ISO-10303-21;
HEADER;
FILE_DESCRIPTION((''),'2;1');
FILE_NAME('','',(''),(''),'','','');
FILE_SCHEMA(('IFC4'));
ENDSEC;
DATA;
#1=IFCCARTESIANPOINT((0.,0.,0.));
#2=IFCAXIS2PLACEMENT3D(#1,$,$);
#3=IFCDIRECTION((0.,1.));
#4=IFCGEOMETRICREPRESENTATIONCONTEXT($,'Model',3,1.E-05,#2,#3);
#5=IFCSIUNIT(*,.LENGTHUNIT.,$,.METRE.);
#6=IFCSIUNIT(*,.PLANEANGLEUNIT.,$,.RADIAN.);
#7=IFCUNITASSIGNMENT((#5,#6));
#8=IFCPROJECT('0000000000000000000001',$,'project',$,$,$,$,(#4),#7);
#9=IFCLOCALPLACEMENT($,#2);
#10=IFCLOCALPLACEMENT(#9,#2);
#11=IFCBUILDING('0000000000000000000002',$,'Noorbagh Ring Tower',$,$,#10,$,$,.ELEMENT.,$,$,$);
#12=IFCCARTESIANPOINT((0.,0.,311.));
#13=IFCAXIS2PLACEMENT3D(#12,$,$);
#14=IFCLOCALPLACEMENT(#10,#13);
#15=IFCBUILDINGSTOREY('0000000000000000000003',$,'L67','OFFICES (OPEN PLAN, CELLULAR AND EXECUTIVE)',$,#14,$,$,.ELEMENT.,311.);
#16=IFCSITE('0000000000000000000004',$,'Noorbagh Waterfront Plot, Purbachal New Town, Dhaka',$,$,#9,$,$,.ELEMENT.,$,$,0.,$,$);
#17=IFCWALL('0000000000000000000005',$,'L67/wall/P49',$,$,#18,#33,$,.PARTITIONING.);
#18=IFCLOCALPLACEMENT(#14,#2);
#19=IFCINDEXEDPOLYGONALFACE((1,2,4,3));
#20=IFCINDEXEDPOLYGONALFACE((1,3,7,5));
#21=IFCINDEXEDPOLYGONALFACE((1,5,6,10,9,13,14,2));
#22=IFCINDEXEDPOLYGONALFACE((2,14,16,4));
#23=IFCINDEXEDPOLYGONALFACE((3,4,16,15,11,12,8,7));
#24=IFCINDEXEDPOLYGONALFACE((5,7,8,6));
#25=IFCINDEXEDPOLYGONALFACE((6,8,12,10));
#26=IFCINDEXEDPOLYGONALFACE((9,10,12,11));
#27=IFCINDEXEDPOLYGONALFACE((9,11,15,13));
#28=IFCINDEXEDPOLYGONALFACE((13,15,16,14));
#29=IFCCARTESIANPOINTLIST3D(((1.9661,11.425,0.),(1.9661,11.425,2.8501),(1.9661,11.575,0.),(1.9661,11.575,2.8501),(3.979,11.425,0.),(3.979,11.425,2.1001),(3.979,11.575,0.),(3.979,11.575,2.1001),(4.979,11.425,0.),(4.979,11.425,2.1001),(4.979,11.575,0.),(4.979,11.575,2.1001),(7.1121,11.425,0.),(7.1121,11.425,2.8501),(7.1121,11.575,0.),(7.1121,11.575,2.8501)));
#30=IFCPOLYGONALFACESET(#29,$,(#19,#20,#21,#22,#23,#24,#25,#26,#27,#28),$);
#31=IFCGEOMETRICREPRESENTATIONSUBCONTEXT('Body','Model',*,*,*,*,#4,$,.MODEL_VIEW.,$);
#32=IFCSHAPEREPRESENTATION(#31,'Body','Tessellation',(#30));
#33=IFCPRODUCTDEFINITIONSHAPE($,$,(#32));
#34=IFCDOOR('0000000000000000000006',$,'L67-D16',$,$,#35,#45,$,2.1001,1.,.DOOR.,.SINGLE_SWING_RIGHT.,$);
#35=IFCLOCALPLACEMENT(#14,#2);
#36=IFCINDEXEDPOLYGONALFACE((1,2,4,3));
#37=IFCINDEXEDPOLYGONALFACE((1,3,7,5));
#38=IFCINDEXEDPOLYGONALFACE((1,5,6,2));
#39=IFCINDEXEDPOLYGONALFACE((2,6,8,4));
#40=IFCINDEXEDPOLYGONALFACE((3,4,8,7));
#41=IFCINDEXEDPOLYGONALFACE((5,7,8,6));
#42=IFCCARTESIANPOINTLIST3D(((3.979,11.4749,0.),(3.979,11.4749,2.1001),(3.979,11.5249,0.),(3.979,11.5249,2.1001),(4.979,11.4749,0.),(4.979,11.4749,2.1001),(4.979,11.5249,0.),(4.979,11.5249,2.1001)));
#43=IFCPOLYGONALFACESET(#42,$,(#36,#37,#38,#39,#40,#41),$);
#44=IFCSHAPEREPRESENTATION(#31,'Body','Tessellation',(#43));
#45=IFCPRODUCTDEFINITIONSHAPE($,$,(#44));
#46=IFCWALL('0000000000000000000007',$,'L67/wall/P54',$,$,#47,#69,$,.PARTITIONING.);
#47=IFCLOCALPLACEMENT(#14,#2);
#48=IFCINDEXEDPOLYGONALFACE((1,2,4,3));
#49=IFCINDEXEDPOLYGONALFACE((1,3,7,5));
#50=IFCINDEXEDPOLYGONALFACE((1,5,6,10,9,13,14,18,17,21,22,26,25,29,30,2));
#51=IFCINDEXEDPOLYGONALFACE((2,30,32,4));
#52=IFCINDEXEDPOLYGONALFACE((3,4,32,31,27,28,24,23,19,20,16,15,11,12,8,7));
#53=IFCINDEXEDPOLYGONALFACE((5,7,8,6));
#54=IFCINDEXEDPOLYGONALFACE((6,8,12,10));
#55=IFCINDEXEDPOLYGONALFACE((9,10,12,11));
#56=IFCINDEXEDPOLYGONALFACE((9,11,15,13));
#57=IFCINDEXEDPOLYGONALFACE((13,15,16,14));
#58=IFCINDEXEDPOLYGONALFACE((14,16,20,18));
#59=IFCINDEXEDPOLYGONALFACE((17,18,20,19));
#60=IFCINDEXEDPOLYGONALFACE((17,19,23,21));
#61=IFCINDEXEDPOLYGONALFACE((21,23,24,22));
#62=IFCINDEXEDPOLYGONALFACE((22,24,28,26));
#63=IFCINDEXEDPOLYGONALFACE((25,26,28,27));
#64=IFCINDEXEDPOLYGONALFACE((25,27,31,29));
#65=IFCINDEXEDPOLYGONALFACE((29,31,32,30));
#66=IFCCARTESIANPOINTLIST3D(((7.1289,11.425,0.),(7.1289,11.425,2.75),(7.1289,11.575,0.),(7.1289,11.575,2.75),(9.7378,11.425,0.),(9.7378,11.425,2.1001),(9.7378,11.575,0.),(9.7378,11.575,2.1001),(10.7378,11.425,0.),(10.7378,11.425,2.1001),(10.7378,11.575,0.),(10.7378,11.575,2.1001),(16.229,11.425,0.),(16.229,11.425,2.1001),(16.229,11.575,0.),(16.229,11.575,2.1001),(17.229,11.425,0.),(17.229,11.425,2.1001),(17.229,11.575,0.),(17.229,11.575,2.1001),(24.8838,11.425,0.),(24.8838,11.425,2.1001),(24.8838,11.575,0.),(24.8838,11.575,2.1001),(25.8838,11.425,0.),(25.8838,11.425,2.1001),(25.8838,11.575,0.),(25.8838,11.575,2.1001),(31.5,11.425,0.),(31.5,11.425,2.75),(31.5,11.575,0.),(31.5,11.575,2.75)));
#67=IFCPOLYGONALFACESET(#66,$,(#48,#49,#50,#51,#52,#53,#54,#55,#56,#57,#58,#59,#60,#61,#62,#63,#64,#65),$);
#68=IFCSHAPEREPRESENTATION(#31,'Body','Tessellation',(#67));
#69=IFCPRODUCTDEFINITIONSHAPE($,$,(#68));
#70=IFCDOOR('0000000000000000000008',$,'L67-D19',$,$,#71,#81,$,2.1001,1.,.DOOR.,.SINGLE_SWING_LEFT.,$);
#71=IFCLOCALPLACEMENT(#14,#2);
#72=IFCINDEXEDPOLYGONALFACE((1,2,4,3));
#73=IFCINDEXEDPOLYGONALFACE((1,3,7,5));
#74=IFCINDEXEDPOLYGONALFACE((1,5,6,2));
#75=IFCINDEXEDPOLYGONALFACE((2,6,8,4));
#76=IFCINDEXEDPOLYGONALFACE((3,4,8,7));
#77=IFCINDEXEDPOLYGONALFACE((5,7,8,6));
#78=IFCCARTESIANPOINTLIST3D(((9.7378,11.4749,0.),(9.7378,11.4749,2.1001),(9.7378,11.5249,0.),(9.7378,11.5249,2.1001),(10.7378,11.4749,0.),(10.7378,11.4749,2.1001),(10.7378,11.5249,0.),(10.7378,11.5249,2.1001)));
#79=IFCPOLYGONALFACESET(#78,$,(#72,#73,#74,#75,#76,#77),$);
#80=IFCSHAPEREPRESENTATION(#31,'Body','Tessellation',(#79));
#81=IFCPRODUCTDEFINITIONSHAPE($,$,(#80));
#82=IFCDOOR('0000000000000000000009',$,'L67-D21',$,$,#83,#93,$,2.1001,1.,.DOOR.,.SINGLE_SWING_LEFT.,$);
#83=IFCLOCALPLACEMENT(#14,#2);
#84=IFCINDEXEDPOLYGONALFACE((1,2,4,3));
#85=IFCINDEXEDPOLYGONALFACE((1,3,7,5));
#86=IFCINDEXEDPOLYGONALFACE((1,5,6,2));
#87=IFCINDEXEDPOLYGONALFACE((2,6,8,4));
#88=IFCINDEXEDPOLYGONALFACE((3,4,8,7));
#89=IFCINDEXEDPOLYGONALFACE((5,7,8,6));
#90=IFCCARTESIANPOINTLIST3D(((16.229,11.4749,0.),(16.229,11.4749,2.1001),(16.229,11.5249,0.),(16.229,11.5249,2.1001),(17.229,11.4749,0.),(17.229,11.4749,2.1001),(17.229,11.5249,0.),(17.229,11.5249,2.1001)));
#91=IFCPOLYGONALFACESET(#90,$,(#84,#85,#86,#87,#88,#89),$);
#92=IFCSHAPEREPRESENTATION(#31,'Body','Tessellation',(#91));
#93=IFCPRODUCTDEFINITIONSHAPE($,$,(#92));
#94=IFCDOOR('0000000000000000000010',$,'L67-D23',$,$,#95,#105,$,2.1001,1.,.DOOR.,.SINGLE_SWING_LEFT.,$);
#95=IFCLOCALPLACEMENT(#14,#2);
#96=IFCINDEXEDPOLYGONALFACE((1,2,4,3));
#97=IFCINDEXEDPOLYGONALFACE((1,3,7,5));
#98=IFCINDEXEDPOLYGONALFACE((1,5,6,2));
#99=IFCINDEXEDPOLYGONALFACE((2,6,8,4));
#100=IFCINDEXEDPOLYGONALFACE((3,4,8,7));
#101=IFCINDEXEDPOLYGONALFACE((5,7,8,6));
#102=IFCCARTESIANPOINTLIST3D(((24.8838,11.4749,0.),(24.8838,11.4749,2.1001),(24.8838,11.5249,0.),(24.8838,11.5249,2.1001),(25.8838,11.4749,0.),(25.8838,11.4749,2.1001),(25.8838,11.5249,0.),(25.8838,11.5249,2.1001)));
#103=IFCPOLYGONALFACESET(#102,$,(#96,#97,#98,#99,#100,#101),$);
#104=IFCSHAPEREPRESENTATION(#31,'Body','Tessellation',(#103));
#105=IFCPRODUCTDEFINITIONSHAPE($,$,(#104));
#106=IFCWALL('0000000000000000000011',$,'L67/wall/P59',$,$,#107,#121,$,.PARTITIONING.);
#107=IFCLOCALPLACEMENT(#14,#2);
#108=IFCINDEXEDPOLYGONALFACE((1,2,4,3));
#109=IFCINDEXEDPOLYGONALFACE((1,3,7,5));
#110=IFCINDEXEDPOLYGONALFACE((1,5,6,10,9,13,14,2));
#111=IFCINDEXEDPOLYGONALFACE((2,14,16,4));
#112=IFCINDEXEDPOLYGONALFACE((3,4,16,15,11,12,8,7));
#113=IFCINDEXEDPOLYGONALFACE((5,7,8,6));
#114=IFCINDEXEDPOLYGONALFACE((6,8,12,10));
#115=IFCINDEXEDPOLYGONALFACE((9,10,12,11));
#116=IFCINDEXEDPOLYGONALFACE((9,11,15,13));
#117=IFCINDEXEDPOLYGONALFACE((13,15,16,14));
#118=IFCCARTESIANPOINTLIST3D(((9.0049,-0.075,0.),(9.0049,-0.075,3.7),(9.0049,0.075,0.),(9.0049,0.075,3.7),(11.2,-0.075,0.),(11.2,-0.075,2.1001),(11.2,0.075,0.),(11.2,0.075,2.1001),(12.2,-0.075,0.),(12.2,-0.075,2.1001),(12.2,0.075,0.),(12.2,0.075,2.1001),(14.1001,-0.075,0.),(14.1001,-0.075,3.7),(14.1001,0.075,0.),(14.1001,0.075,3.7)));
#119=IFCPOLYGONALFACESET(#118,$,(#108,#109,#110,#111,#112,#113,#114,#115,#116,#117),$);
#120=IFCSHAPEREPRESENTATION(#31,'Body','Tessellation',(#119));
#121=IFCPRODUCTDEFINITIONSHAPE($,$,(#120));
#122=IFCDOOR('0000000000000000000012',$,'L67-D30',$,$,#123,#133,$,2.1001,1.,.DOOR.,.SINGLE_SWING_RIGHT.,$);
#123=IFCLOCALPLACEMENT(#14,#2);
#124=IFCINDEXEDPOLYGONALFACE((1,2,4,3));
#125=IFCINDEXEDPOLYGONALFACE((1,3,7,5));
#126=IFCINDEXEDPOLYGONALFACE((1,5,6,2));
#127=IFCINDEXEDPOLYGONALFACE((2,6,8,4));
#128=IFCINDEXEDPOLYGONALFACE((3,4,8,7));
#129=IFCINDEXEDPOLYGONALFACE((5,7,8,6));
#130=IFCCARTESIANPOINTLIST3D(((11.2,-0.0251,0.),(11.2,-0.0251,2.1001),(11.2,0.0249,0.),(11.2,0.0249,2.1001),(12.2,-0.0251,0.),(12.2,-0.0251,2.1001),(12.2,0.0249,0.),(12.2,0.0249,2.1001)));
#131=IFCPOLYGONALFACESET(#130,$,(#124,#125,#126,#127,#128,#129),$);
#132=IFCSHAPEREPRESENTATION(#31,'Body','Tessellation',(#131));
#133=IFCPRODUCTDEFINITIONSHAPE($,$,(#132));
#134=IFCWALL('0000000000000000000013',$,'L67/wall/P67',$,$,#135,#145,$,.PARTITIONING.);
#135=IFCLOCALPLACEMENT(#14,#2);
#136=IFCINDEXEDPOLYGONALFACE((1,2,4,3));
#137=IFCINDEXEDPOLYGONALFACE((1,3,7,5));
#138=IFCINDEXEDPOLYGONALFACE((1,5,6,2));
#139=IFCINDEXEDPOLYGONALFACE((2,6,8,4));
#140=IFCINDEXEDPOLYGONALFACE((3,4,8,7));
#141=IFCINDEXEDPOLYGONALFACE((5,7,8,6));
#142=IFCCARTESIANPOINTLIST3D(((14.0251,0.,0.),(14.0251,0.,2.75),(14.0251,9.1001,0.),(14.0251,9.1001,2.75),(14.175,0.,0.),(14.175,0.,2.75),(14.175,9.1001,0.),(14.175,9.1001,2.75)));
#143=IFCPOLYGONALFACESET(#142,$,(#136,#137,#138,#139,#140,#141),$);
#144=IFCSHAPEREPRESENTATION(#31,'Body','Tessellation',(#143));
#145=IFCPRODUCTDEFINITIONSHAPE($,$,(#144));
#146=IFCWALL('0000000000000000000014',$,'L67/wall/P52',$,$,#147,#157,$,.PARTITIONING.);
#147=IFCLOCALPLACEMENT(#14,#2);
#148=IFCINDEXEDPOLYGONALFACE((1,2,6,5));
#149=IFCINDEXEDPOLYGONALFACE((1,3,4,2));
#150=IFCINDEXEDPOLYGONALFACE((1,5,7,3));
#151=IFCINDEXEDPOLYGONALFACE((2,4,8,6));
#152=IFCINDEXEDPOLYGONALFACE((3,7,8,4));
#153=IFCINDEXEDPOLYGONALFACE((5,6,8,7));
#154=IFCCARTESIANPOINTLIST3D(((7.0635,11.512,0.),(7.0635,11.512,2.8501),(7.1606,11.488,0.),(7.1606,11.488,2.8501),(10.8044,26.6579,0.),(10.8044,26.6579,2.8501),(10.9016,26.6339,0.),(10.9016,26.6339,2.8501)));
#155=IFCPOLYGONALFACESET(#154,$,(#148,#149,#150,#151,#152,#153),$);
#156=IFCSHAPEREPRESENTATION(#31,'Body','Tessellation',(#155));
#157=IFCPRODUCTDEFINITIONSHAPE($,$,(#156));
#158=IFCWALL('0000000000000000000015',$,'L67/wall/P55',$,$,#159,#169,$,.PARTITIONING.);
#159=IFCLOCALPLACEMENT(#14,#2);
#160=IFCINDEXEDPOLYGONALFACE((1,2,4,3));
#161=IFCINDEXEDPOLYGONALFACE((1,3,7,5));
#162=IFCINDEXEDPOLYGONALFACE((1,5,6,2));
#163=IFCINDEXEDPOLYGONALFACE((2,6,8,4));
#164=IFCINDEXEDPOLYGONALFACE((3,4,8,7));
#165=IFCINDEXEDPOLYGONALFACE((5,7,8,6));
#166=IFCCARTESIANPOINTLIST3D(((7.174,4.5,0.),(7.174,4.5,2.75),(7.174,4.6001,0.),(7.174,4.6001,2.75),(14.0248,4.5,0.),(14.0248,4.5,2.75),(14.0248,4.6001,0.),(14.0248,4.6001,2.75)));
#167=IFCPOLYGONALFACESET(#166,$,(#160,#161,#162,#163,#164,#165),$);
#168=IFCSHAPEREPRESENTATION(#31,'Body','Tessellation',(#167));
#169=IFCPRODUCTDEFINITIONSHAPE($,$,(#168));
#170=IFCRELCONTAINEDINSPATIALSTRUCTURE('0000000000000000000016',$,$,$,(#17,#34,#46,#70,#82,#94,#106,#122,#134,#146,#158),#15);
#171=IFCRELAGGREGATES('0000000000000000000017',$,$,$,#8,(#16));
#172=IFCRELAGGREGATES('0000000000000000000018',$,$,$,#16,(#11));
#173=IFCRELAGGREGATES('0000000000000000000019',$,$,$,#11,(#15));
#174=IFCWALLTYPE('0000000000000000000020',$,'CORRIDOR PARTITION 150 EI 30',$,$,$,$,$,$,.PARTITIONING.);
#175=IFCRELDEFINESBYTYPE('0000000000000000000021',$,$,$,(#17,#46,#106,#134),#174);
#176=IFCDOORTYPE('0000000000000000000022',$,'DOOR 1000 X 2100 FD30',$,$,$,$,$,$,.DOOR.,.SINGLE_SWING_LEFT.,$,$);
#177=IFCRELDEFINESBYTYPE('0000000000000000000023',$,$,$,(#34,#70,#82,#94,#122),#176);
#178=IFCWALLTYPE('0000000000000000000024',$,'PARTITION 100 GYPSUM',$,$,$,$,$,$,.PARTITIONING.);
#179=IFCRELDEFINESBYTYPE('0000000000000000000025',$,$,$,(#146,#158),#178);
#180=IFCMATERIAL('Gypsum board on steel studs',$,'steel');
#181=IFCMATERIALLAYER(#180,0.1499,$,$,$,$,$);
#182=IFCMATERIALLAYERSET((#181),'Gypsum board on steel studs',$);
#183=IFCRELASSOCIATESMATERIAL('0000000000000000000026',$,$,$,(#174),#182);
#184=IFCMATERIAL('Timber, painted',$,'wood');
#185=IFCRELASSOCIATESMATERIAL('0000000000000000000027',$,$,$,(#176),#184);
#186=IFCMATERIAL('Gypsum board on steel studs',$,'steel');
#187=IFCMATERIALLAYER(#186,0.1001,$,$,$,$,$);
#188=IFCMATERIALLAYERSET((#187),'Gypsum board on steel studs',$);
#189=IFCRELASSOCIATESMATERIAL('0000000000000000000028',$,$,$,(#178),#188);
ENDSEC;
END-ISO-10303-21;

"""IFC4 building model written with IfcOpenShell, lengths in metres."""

from ifc_helpers import new_model, si_unit, direction, frame, frame_2d, origin, place, context, subcontext, project, spatial, rectangle, extrude, material, layer, layer_set, type_object, element, fill, save


model = new_model("IFC4")

# Units and contexts
model_context = context("Model", 3, precision=1e-05, world=origin(), true_north=direction((0.0, 1.0)))
body_context = subcontext(model_context, "Body", "Model", "MODEL_VIEW")
ifc_project = project(units=[si_unit("LENGTHUNIT", "METRE"), si_unit("PLANEANGLEUNIT", "RADIAN")], contexts=[model_context])

# Site, building, storey
site_placement = place(None, origin())
site = spatial("IfcSite", under=ifc_project, at=site_placement, Name="Noorbagh Waterfront Plot, Purbachal New Town, Dhaka", CompositionType="ELEMENT", RefElevation=0.0)
building_placement = place(site_placement, origin())
building = spatial("IfcBuilding", under=site, at=building_placement, Name="Noorbagh Ring Tower", CompositionType="ELEMENT")
storey_placement = place(building_placement, frame((0.0, 0.0, 311.0)))
storey = spatial("IfcBuildingStorey", under=building, at=storey_placement, Name="L67", Description="OFFICES (OPEN PLAN, CELLULAR AND EXECUTIVE)", CompositionType="ELEMENT", Elevation=311.0)

# Shared definitions
ifc_material_1 = material(Name="Gypsum board on steel studs", Category="steel")
ifc_layer_1 = layer(ifc_material_1, 0.1499)
ifc_layer_set_1 = layer_set([ifc_layer_1], Name="Gypsum board on steel studs")
wall_type_1 = type_object("IfcWallType", Name="CORRIDOR PARTITION 150 EI 30", PredefinedType="PARTITIONING", material=ifc_layer_set_1)

# Wall, opening, door
ifc_material_2 = material(Name="Timber, painted", Category="wood")
door_type = type_object("IfcDoorType", Name="DOOR 1000 X 2100 FD30", OperationType="SINGLE_SWING_LEFT", PredefinedType="DOOR", material=ifc_material_2)
wall_1_placement = place(storey_placement, frame((1.9661, 11.5, 0.0), z_axis=(0.0, 0.0, 1.0), x_axis=(1.0, 0.0, 0.0)))
wall_1 = element("IfcWall", 1, at=wall_1_placement, inside=storey, type_object=wall_type_1, Name="L67/wall/P49", PredefinedType="PARTITIONING", context=body_context, shape_type="SweptSolid", body=[
    extrude(rectangle(XDim=5.146, YDim=0.1499, at=frame_2d((2.573, 0.0))), origin(), (0.0, 0.0, 1.0), 2.8501),
])
opening_1_placement = place(wall_1_placement, frame((2.0129, 0.0, 0.0)))
opening_1 = element("IfcOpeningElement", 2, at=opening_1_placement, cuts=wall_1, PredefinedType="OPENING", context=body_context, shape_type="SweptSolid", body=[
    extrude(rectangle(XDim=1.0, YDim=2.1001, at=frame_2d((0.5, 1.05))), frame((0.0, 0.085, 0.0), z_axis=(0.0, -1.0, 0.0), x_axis=(1.0, 0.0, 0.0)), (0.0, 0.0, 1.0), 0.1699),
])
door_1_placement = place(opening_1_placement, origin())
door_1 = element("IfcDoor", 3, at=door_1_placement, inside=storey, type_object=door_type, Name="L67-D16", OperationType="SINGLE_SWING_RIGHT", OverallHeight=2.1001, OverallWidth=1.0, PredefinedType="DOOR", context=body_context, shape_type="SweptSolid", body=[
    extrude(rectangle(XDim=1.0, YDim=2.1001, at=frame_2d((0.5, 1.05))), frame((0.0, 0.0249, 0.0), z_axis=(0.0, -1.0, 0.0), x_axis=(1.0, 0.0, 0.0)), (0.0, 0.0, 1.0), 0.05),
])
fill(opening_1, door_1)

# Wall, openings, doors
wall_2_placement = place(storey_placement, frame((7.1289, 11.5, 0.0), z_axis=(0.0, 0.0, 1.0), x_axis=(1.0, 0.0, 0.0)))
wall_2 = element("IfcWall", 4, at=wall_2_placement, inside=storey, type_object=wall_type_1, Name="L67/wall/P54", PredefinedType="PARTITIONING", context=body_context, shape_type="SweptSolid", body=[
    extrude(rectangle(XDim=24.3711, YDim=0.1499, at=frame_2d((12.1855, 0.0))), origin(), (0.0, 0.0, 1.0), 2.75),
])
opening_2_placement = place(wall_2_placement, frame((2.6089, 0.0, 0.0)))
opening_2 = element("IfcOpeningElement", 5, at=opening_2_placement, cuts=wall_2, PredefinedType="OPENING", context=body_context, shape_type="SweptSolid", body=[
    extrude(rectangle(XDim=1.0, YDim=2.1001, at=frame_2d((0.5, 1.05))), frame((0.0, 0.085, 0.0), z_axis=(0.0, -1.0, 0.0), x_axis=(1.0, 0.0, 0.0)), (0.0, 0.0, 1.0), 0.1699),
])
opening_3_placement = place(wall_2_placement, frame((9.1001, 0.0, 0.0)))
opening_3 = element("IfcOpeningElement", 6, at=opening_3_placement, cuts=wall_2, PredefinedType="OPENING", context=body_context, shape_type="SweptSolid", body=[
    extrude(rectangle(XDim=1.0, YDim=2.1001, at=frame_2d((0.5, 1.05))), frame((0.0, 0.085, 0.0), z_axis=(0.0, -1.0, 0.0), x_axis=(1.0, 0.0, 0.0)), (0.0, 0.0, 1.0), 0.1699),
])
opening_4_placement = place(wall_2_placement, frame((17.7549, 0.0, 0.0)))
opening_4 = element("IfcOpeningElement", 7, at=opening_4_placement, cuts=wall_2, PredefinedType="OPENING", context=body_context, shape_type="SweptSolid", body=[
    extrude(rectangle(XDim=1.0, YDim=2.1001, at=frame_2d((0.5, 1.05))), frame((0.0, 0.085, 0.0), z_axis=(0.0, -1.0, 0.0), x_axis=(1.0, 0.0, 0.0)), (0.0, 0.0, 1.0), 0.1699),
])
door_2_placement = place(opening_2_placement, origin())
door_2 = element("IfcDoor", 8, at=door_2_placement, inside=storey, type_object=door_type, Name="L67-D19", OperationType="SINGLE_SWING_LEFT", OverallHeight=2.1001, OverallWidth=1.0, PredefinedType="DOOR", context=body_context, shape_type="SweptSolid", body=[
    extrude(rectangle(XDim=1.0, YDim=2.1001, at=frame_2d((0.5, 1.05))), frame((0.0, 0.0249, 0.0), z_axis=(0.0, -1.0, 0.0), x_axis=(1.0, 0.0, 0.0)), (0.0, 0.0, 1.0), 0.05),
])
fill(opening_2, door_2)
door_3_placement = place(opening_3_placement, origin())
door_3 = element("IfcDoor", 9, at=door_3_placement, inside=storey, type_object=door_type, Name="L67-D21", OperationType="SINGLE_SWING_LEFT", OverallHeight=2.1001, OverallWidth=1.0, PredefinedType="DOOR", context=body_context, shape_type="SweptSolid", body=[
    extrude(rectangle(XDim=1.0, YDim=2.1001, at=frame_2d((0.5, 1.05))), frame((0.0, 0.0249, 0.0), z_axis=(0.0, -1.0, 0.0), x_axis=(1.0, 0.0, 0.0)), (0.0, 0.0, 1.0), 0.05),
])
fill(opening_3, door_3)
door_4_placement = place(opening_4_placement, origin())
door_4 = element("IfcDoor", 10, at=door_4_placement, inside=storey, type_object=door_type, Name="L67-D23", OperationType="SINGLE_SWING_LEFT", OverallHeight=2.1001, OverallWidth=1.0, PredefinedType="DOOR", context=body_context, shape_type="SweptSolid", body=[
    extrude(rectangle(XDim=1.0, YDim=2.1001, at=frame_2d((0.5, 1.05))), frame((0.0, 0.0249, 0.0), z_axis=(0.0, -1.0, 0.0), x_axis=(1.0, 0.0, 0.0)), (0.0, 0.0, 1.0), 0.05),
])
fill(opening_4, door_4)

# Wall, opening, door
wall_3_placement = place(storey_placement, frame((9.0049, 0.0, 0.0), z_axis=(0.0, 0.0, 1.0), x_axis=(1.0, 0.0, 0.0)))
wall_3 = element("IfcWall", 11, at=wall_3_placement, inside=storey, type_object=wall_type_1, Name="L67/wall/P59", PredefinedType="PARTITIONING", context=body_context, shape_type="SweptSolid", body=[
    extrude(rectangle(XDim=5.0952, YDim=0.1499, at=frame_2d((2.5476, 0.0))), origin(), (0.0, 0.0, 1.0), 3.7),
])
opening_5_placement = place(wall_3_placement, frame((2.1951, 0.0, 0.0)))
opening_5 = element("IfcOpeningElement", 12, at=opening_5_placement, cuts=wall_3, PredefinedType="OPENING", context=body_context, shape_type="SweptSolid", body=[
    extrude(rectangle(XDim=1.0, YDim=2.1001, at=frame_2d((0.5, 1.05))), frame((0.0, 0.085, 0.0), z_axis=(0.0, -1.0, 0.0), x_axis=(1.0, 0.0, 0.0)), (0.0, 0.0, 1.0), 0.1699),
])
door_5_placement = place(opening_5_placement, origin())
door_5 = element("IfcDoor", 13, at=door_5_placement, inside=storey, type_object=door_type, Name="L67-D30", OperationType="SINGLE_SWING_RIGHT", OverallHeight=2.1001, OverallWidth=1.0, PredefinedType="DOOR", context=body_context, shape_type="SweptSolid", body=[
    extrude(rectangle(XDim=1.0, YDim=2.1001, at=frame_2d((0.5, 1.05))), frame((0.0, 0.0249, 0.0), z_axis=(0.0, -1.0, 0.0), x_axis=(1.0, 0.0, 0.0)), (0.0, 0.0, 1.0), 0.05),
])
fill(opening_5, door_5)

# Walls
wall_4_placement = place(storey_placement, frame((14.1001, 0.0, 0.0), z_axis=(0.0, 0.0, 1.0), x_axis=(0.0, 1.0, 0.0)))
element("IfcWall", 14, at=wall_4_placement, inside=storey, type_object=wall_type_1, Name="L67/wall/P67", PredefinedType="PARTITIONING", context=body_context, shape_type="SweptSolid", body=[
    extrude(rectangle(XDim=9.1001, YDim=0.1499, at=frame_2d((4.55, 0.0))), origin(), (0.0, 0.0, 1.0), 2.75),
])
ifc_material_3 = material(Name="Gypsum board on steel studs", Category="steel")
ifc_layer_2 = layer(ifc_material_3, 0.1001)
ifc_layer_set_2 = layer_set([ifc_layer_2], Name="Gypsum board on steel studs")
wall_type_2 = type_object("IfcWallType", Name="PARTITION 100 GYPSUM", PredefinedType="PARTITIONING", material=ifc_layer_set_2)
wall_5_placement = place(storey_placement, frame((7.1121, 11.5, 0.0), z_axis=(0.0, 0.0, 1.0), x_axis=(0.239788, 0.970825, 0.0)))
element("IfcWall", 15, at=wall_5_placement, inside=storey, type_object=wall_type_2, Name="L67/wall/P52", PredefinedType="PARTITIONING", context=body_context, shape_type="SweptSolid", body=[
    extrude(rectangle(XDim=15.6011, YDim=0.1001, at=frame_2d((7.8005, 0.0))), origin(), (0.0, 0.0, 1.0), 2.8501),
])
wall_6_placement = place(storey_placement, frame((7.1741, 4.55, 0.0), z_axis=(0.0, 0.0, 1.0), x_axis=(1.0, 0.0, 0.0)))
element("IfcWall", 16, at=wall_6_placement, inside=storey, type_object=wall_type_2, Name="L67/wall/P55", PredefinedType="PARTITIONING", context=body_context, shape_type="SweptSolid", body=[
    extrude(rectangle(XDim=6.8508, YDim=0.1001, at=frame_2d((3.4253, 0.0))), origin(), (0.0, 0.0, 1.0), 2.75),
])

save(model, "model.ifc")
